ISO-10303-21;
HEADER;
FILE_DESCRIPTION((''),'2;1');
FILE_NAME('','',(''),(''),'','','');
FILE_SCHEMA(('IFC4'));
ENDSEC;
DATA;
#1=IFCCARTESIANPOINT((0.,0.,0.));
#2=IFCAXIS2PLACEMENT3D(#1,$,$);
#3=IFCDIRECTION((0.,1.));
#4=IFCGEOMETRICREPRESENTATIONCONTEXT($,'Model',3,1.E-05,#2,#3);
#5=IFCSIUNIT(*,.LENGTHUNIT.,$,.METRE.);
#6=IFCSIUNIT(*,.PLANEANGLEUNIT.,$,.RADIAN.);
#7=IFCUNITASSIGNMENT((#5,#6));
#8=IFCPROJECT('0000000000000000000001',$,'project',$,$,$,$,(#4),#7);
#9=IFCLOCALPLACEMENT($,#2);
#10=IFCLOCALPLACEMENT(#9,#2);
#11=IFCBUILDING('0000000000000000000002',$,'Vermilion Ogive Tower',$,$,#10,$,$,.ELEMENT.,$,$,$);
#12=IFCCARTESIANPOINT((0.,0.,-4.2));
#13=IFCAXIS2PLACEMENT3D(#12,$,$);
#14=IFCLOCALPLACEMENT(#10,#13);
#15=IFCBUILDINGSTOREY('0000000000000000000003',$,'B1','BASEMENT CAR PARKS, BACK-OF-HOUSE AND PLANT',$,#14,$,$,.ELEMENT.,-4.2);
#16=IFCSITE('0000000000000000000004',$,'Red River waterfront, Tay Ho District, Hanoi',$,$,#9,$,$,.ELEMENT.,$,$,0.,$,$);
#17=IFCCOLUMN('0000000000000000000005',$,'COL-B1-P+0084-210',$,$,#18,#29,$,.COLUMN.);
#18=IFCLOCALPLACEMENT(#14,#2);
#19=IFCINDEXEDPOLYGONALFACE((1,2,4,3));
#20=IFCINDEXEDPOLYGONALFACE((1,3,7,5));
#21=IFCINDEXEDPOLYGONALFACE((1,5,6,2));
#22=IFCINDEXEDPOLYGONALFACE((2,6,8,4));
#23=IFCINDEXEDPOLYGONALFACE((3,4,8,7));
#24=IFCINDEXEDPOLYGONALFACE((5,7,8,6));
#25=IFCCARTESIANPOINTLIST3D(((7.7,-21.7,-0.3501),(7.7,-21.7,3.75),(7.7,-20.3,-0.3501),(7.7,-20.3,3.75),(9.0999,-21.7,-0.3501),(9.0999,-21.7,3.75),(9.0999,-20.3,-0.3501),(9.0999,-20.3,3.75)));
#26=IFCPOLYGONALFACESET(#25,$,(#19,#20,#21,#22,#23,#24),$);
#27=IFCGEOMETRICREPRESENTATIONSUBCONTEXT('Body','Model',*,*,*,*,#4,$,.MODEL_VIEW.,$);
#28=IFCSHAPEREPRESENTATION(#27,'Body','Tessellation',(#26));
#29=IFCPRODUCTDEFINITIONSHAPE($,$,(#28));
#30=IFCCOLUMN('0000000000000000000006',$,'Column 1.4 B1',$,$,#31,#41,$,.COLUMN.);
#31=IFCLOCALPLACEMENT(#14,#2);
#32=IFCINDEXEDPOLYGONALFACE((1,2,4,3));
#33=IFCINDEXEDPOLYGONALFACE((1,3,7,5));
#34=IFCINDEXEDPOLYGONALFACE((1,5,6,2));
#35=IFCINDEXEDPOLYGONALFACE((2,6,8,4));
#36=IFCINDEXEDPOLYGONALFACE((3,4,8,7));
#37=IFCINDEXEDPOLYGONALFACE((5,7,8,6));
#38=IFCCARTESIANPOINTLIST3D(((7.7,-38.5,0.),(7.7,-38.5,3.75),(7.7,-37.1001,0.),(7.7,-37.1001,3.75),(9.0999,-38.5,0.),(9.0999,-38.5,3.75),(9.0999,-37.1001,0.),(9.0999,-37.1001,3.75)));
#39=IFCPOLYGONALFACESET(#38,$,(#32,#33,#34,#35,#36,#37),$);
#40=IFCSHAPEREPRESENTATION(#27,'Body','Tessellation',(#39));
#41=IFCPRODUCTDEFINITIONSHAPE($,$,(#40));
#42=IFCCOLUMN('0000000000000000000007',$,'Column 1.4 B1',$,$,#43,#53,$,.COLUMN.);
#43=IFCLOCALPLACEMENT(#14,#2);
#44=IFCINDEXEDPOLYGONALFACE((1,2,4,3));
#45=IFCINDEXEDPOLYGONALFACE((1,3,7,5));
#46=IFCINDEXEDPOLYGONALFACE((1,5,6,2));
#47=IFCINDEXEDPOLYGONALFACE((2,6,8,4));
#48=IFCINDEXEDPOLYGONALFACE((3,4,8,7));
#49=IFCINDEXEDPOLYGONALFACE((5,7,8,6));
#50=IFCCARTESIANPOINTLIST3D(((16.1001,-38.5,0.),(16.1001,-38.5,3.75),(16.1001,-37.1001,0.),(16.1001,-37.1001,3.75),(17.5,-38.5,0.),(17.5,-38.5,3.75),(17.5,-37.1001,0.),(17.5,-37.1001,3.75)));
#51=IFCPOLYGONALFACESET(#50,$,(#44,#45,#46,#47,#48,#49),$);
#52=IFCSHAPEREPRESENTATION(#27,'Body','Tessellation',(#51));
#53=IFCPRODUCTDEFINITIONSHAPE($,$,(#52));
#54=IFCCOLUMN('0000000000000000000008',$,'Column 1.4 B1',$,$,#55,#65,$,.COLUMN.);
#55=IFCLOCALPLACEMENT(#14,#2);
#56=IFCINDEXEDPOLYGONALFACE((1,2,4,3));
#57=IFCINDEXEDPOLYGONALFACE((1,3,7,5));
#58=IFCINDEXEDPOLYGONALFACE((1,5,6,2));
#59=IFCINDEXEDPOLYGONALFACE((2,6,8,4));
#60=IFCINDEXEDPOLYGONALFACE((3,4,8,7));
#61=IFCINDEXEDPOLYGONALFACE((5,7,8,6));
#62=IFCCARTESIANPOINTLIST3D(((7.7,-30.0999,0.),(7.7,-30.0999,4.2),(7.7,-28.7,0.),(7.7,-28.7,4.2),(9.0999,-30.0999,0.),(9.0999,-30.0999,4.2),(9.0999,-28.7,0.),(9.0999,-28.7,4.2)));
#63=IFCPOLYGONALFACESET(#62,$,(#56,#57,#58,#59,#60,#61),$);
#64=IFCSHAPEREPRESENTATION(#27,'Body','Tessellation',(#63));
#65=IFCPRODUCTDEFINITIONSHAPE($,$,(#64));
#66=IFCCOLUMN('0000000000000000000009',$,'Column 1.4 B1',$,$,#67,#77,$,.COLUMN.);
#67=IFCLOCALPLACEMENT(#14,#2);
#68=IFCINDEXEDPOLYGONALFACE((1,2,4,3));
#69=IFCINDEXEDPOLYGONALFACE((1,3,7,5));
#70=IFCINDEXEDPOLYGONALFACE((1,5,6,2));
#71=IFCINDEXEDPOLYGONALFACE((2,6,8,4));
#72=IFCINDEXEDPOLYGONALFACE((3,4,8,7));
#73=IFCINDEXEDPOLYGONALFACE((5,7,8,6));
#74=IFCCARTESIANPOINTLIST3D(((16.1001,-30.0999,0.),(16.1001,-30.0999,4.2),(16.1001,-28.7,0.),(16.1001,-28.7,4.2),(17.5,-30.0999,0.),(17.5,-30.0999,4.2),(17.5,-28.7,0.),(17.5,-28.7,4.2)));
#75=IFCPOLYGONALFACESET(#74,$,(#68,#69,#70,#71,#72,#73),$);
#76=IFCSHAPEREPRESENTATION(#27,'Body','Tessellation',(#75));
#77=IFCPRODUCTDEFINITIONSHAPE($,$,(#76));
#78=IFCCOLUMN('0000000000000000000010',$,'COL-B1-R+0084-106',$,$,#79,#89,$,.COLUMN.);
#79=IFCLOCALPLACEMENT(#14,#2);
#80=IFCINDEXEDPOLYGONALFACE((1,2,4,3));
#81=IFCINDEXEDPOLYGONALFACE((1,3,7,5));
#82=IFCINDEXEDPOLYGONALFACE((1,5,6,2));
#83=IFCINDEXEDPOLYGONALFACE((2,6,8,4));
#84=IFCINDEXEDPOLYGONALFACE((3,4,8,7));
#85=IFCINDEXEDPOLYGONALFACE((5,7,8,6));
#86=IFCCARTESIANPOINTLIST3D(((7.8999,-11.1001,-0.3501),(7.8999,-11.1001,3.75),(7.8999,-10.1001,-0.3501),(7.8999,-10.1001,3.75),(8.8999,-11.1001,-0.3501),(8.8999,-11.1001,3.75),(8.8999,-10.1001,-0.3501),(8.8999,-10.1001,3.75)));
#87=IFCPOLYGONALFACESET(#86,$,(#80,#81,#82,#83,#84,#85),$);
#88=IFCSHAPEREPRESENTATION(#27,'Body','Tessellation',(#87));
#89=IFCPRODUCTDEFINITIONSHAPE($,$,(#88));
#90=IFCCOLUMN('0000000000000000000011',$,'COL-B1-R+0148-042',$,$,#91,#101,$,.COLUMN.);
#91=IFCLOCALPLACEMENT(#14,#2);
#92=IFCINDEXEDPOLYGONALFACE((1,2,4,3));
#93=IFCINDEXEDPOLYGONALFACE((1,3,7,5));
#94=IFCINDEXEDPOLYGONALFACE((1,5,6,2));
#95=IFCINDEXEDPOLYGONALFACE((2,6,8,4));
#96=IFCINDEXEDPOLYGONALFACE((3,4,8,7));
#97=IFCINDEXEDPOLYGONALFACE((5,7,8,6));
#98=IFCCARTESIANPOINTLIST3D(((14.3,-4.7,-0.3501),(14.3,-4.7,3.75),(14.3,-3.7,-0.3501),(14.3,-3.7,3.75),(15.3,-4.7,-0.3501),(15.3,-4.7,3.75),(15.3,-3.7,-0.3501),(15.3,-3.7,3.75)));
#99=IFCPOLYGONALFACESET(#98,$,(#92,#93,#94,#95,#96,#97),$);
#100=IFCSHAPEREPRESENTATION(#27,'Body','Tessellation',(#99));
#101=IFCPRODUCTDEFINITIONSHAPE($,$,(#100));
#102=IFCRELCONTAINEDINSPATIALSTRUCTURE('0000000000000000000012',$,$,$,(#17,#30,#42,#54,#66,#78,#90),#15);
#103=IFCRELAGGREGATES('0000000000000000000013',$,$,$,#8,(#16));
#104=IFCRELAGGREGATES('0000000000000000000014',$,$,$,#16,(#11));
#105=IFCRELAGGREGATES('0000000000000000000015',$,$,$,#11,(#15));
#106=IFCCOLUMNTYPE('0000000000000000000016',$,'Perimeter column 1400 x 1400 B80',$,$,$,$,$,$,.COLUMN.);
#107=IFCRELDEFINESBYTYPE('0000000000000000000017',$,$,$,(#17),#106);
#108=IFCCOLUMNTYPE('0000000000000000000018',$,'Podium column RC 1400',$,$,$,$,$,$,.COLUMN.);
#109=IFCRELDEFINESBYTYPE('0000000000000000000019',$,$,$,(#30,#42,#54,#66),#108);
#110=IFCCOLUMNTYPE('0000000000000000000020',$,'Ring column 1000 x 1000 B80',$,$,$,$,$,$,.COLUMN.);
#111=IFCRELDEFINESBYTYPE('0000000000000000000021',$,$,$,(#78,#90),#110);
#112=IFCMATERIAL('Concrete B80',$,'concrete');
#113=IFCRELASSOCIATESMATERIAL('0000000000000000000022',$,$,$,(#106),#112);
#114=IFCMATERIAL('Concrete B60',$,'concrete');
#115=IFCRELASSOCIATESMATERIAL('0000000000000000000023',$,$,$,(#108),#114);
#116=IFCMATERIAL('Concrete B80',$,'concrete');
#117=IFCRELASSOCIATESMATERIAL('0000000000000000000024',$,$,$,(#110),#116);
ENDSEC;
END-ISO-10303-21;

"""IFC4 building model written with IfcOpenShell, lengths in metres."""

from ifc_helpers import new_model, si_unit, direction, frame, origin, origin_2d, place, context, subcontext, project, spatial, rectangle, extrude, material, material_profile, profile_set, type_object, element, save


model = new_model("IFC4")

# Units and contexts
model_context = context("Model", 3, precision=1e-05, world=origin(), true_north=direction((0.0, 1.0)))
body_context = subcontext(model_context, "Body", "Model", "MODEL_VIEW")
ifc_project = project(units=[si_unit("LENGTHUNIT", "METRE"), si_unit("PLANEANGLEUNIT", "RADIAN")], contexts=[model_context])

# Site, building, storey
site_placement = place(None, origin())
site = spatial("IfcSite", under=ifc_project, at=site_placement, Name="Red River waterfront, Tay Ho District, Hanoi", CompositionType="ELEMENT", RefElevation=0.0)
building_placement = place(site_placement, origin())
building = spatial("IfcBuilding", under=site, at=building_placement, Name="Vermilion Ogive Tower", CompositionType="ELEMENT")
storey_placement = place(building_placement, frame((0.0, 0.0, -4.2)))
storey = spatial("IfcBuildingStorey", under=building, at=storey_placement, Name="B1", Description="BASEMENT CAR PARKS, BACK-OF-HOUSE AND PLANT", CompositionType="ELEMENT", Elevation=-4.2)

# Columns
ifc_material_1 = material(Name="Concrete B80", Category="concrete")
ifc_material_profile_1 = material_profile(ifc_material_1, rectangle(XDim=1.3999, YDim=1.3999, at=origin_2d()), Name="1400 x 1400")
ifc_profile_set_1 = profile_set([ifc_material_profile_1], Name="Concrete B80")
column_type_1 = type_object("IfcColumnType", Name="Perimeter column 1400 x 1400 B80", PredefinedType="COLUMN", material=ifc_profile_set_1)
column_placement = place(storey_placement, frame((8.3999, -21.0, -0.3501), z_axis=(0.0, 0.0, 1.0), x_axis=(1.0, 0.0, 0.0)))
element("IfcColumn", 1, at=column_placement, inside=storey, type_object=column_type_1, Name="COL-B1-P+0084-210", PredefinedType="COLUMN", context=body_context, shape_type="SweptSolid", body=[
    extrude(rectangle(XDim=1.3999, YDim=1.3999, at=origin_2d()), origin(), (0.0, 0.0, 1.0), 4.1001),
])
ifc_material_2 = material(Name="Concrete B60", Category="concrete")
ifc_material_profile_2 = material_profile(ifc_material_2, rectangle(XDim=1.3999, YDim=1.3999, at=origin_2d()), Name="RC 1400x1400")
ifc_profile_set_2 = profile_set([ifc_material_profile_2], Name="Concrete B60")
column_type_2 = type_object("IfcColumnType", Name="Podium column RC 1400", PredefinedType="COLUMN", material=ifc_profile_set_2)
for number, where, z_axis, x_axis, name in (
    (2, (8.3999, -37.8, 0.0), (0.0, 0.0, 1.0), (1.0, 0.0, 0.0), "Column 1.4 B1"),
    (3, (16.8, -37.8, 0.0), (0.0, 0.0, 1.0), (1.0, 0.0, 0.0), "Column 1.4 B1"),
):
    element("IfcColumn", number, at=place(storey_placement, frame(where, z_axis=z_axis, x_axis=x_axis)), inside=storey, type_object=column_type_2, Name=name, PredefinedType="COLUMN", context=body_context, shape_type="SweptSolid", body=[
        extrude(rectangle(XDim=1.3999, YDim=1.3999, at=origin_2d()), origin(), (0.0, 0.0, 1.0), 3.75),
    ])
for number, where, z_axis, x_axis, name in (
    (4, (8.3999, -29.3999, 0.0), (0.0, 0.0, 1.0), (1.0, 0.0, 0.0), "Column 1.4 B1"),
    (5, (16.8, -29.3999, 0.0), (0.0, 0.0, 1.0), (1.0, 0.0, 0.0), "Column 1.4 B1"),
):
    element("IfcColumn", number, at=place(storey_placement, frame(where, z_axis=z_axis, x_axis=x_axis)), inside=storey, type_object=column_type_2, Name=name, PredefinedType="COLUMN", context=body_context, shape_type="SweptSolid", body=[
        extrude(rectangle(XDim=1.3999, YDim=1.3999, at=origin_2d()), origin(), (0.0, 0.0, 1.0), 4.2),
    ])
ifc_material_3 = material(Name="Concrete B80", Category="concrete")
ifc_material_profile_3 = material_profile(ifc_material_3, rectangle(XDim=1.0, YDim=1.0, at=origin_2d()), Name="1000 x 1000")
ifc_profile_set_3 = profile_set([ifc_material_profile_3], Name="Concrete B80")
column_type_3 = type_object("IfcColumnType", Name="Ring column 1000 x 1000 B80", PredefinedType="COLUMN", material=ifc_profile_set_3)
for number, where, z_axis, x_axis, name in (
    (6, (8.3999, -10.6001, -0.3501), (0.0, 0.0, 1.0), (1.0, 0.0, 0.0), "COL-B1-R+0084-106"),
    (7, (14.8, -4.2, -0.3501), (0.0, 0.0, 1.0), (1.0, 0.0, 0.0), "COL-B1-R+0148-042"),
):
    element("IfcColumn", number, at=place(storey_placement, frame(where, z_axis=z_axis, x_axis=x_axis)), inside=storey, type_object=column_type_3, Name=name, PredefinedType="COLUMN", context=body_context, shape_type="SweptSolid", body=[
        extrude(rectangle(XDim=1.0, YDim=1.0, at=origin_2d()), origin(), (0.0, 0.0, 1.0), 4.1001),
    ])

save(model, "model.ifc")
